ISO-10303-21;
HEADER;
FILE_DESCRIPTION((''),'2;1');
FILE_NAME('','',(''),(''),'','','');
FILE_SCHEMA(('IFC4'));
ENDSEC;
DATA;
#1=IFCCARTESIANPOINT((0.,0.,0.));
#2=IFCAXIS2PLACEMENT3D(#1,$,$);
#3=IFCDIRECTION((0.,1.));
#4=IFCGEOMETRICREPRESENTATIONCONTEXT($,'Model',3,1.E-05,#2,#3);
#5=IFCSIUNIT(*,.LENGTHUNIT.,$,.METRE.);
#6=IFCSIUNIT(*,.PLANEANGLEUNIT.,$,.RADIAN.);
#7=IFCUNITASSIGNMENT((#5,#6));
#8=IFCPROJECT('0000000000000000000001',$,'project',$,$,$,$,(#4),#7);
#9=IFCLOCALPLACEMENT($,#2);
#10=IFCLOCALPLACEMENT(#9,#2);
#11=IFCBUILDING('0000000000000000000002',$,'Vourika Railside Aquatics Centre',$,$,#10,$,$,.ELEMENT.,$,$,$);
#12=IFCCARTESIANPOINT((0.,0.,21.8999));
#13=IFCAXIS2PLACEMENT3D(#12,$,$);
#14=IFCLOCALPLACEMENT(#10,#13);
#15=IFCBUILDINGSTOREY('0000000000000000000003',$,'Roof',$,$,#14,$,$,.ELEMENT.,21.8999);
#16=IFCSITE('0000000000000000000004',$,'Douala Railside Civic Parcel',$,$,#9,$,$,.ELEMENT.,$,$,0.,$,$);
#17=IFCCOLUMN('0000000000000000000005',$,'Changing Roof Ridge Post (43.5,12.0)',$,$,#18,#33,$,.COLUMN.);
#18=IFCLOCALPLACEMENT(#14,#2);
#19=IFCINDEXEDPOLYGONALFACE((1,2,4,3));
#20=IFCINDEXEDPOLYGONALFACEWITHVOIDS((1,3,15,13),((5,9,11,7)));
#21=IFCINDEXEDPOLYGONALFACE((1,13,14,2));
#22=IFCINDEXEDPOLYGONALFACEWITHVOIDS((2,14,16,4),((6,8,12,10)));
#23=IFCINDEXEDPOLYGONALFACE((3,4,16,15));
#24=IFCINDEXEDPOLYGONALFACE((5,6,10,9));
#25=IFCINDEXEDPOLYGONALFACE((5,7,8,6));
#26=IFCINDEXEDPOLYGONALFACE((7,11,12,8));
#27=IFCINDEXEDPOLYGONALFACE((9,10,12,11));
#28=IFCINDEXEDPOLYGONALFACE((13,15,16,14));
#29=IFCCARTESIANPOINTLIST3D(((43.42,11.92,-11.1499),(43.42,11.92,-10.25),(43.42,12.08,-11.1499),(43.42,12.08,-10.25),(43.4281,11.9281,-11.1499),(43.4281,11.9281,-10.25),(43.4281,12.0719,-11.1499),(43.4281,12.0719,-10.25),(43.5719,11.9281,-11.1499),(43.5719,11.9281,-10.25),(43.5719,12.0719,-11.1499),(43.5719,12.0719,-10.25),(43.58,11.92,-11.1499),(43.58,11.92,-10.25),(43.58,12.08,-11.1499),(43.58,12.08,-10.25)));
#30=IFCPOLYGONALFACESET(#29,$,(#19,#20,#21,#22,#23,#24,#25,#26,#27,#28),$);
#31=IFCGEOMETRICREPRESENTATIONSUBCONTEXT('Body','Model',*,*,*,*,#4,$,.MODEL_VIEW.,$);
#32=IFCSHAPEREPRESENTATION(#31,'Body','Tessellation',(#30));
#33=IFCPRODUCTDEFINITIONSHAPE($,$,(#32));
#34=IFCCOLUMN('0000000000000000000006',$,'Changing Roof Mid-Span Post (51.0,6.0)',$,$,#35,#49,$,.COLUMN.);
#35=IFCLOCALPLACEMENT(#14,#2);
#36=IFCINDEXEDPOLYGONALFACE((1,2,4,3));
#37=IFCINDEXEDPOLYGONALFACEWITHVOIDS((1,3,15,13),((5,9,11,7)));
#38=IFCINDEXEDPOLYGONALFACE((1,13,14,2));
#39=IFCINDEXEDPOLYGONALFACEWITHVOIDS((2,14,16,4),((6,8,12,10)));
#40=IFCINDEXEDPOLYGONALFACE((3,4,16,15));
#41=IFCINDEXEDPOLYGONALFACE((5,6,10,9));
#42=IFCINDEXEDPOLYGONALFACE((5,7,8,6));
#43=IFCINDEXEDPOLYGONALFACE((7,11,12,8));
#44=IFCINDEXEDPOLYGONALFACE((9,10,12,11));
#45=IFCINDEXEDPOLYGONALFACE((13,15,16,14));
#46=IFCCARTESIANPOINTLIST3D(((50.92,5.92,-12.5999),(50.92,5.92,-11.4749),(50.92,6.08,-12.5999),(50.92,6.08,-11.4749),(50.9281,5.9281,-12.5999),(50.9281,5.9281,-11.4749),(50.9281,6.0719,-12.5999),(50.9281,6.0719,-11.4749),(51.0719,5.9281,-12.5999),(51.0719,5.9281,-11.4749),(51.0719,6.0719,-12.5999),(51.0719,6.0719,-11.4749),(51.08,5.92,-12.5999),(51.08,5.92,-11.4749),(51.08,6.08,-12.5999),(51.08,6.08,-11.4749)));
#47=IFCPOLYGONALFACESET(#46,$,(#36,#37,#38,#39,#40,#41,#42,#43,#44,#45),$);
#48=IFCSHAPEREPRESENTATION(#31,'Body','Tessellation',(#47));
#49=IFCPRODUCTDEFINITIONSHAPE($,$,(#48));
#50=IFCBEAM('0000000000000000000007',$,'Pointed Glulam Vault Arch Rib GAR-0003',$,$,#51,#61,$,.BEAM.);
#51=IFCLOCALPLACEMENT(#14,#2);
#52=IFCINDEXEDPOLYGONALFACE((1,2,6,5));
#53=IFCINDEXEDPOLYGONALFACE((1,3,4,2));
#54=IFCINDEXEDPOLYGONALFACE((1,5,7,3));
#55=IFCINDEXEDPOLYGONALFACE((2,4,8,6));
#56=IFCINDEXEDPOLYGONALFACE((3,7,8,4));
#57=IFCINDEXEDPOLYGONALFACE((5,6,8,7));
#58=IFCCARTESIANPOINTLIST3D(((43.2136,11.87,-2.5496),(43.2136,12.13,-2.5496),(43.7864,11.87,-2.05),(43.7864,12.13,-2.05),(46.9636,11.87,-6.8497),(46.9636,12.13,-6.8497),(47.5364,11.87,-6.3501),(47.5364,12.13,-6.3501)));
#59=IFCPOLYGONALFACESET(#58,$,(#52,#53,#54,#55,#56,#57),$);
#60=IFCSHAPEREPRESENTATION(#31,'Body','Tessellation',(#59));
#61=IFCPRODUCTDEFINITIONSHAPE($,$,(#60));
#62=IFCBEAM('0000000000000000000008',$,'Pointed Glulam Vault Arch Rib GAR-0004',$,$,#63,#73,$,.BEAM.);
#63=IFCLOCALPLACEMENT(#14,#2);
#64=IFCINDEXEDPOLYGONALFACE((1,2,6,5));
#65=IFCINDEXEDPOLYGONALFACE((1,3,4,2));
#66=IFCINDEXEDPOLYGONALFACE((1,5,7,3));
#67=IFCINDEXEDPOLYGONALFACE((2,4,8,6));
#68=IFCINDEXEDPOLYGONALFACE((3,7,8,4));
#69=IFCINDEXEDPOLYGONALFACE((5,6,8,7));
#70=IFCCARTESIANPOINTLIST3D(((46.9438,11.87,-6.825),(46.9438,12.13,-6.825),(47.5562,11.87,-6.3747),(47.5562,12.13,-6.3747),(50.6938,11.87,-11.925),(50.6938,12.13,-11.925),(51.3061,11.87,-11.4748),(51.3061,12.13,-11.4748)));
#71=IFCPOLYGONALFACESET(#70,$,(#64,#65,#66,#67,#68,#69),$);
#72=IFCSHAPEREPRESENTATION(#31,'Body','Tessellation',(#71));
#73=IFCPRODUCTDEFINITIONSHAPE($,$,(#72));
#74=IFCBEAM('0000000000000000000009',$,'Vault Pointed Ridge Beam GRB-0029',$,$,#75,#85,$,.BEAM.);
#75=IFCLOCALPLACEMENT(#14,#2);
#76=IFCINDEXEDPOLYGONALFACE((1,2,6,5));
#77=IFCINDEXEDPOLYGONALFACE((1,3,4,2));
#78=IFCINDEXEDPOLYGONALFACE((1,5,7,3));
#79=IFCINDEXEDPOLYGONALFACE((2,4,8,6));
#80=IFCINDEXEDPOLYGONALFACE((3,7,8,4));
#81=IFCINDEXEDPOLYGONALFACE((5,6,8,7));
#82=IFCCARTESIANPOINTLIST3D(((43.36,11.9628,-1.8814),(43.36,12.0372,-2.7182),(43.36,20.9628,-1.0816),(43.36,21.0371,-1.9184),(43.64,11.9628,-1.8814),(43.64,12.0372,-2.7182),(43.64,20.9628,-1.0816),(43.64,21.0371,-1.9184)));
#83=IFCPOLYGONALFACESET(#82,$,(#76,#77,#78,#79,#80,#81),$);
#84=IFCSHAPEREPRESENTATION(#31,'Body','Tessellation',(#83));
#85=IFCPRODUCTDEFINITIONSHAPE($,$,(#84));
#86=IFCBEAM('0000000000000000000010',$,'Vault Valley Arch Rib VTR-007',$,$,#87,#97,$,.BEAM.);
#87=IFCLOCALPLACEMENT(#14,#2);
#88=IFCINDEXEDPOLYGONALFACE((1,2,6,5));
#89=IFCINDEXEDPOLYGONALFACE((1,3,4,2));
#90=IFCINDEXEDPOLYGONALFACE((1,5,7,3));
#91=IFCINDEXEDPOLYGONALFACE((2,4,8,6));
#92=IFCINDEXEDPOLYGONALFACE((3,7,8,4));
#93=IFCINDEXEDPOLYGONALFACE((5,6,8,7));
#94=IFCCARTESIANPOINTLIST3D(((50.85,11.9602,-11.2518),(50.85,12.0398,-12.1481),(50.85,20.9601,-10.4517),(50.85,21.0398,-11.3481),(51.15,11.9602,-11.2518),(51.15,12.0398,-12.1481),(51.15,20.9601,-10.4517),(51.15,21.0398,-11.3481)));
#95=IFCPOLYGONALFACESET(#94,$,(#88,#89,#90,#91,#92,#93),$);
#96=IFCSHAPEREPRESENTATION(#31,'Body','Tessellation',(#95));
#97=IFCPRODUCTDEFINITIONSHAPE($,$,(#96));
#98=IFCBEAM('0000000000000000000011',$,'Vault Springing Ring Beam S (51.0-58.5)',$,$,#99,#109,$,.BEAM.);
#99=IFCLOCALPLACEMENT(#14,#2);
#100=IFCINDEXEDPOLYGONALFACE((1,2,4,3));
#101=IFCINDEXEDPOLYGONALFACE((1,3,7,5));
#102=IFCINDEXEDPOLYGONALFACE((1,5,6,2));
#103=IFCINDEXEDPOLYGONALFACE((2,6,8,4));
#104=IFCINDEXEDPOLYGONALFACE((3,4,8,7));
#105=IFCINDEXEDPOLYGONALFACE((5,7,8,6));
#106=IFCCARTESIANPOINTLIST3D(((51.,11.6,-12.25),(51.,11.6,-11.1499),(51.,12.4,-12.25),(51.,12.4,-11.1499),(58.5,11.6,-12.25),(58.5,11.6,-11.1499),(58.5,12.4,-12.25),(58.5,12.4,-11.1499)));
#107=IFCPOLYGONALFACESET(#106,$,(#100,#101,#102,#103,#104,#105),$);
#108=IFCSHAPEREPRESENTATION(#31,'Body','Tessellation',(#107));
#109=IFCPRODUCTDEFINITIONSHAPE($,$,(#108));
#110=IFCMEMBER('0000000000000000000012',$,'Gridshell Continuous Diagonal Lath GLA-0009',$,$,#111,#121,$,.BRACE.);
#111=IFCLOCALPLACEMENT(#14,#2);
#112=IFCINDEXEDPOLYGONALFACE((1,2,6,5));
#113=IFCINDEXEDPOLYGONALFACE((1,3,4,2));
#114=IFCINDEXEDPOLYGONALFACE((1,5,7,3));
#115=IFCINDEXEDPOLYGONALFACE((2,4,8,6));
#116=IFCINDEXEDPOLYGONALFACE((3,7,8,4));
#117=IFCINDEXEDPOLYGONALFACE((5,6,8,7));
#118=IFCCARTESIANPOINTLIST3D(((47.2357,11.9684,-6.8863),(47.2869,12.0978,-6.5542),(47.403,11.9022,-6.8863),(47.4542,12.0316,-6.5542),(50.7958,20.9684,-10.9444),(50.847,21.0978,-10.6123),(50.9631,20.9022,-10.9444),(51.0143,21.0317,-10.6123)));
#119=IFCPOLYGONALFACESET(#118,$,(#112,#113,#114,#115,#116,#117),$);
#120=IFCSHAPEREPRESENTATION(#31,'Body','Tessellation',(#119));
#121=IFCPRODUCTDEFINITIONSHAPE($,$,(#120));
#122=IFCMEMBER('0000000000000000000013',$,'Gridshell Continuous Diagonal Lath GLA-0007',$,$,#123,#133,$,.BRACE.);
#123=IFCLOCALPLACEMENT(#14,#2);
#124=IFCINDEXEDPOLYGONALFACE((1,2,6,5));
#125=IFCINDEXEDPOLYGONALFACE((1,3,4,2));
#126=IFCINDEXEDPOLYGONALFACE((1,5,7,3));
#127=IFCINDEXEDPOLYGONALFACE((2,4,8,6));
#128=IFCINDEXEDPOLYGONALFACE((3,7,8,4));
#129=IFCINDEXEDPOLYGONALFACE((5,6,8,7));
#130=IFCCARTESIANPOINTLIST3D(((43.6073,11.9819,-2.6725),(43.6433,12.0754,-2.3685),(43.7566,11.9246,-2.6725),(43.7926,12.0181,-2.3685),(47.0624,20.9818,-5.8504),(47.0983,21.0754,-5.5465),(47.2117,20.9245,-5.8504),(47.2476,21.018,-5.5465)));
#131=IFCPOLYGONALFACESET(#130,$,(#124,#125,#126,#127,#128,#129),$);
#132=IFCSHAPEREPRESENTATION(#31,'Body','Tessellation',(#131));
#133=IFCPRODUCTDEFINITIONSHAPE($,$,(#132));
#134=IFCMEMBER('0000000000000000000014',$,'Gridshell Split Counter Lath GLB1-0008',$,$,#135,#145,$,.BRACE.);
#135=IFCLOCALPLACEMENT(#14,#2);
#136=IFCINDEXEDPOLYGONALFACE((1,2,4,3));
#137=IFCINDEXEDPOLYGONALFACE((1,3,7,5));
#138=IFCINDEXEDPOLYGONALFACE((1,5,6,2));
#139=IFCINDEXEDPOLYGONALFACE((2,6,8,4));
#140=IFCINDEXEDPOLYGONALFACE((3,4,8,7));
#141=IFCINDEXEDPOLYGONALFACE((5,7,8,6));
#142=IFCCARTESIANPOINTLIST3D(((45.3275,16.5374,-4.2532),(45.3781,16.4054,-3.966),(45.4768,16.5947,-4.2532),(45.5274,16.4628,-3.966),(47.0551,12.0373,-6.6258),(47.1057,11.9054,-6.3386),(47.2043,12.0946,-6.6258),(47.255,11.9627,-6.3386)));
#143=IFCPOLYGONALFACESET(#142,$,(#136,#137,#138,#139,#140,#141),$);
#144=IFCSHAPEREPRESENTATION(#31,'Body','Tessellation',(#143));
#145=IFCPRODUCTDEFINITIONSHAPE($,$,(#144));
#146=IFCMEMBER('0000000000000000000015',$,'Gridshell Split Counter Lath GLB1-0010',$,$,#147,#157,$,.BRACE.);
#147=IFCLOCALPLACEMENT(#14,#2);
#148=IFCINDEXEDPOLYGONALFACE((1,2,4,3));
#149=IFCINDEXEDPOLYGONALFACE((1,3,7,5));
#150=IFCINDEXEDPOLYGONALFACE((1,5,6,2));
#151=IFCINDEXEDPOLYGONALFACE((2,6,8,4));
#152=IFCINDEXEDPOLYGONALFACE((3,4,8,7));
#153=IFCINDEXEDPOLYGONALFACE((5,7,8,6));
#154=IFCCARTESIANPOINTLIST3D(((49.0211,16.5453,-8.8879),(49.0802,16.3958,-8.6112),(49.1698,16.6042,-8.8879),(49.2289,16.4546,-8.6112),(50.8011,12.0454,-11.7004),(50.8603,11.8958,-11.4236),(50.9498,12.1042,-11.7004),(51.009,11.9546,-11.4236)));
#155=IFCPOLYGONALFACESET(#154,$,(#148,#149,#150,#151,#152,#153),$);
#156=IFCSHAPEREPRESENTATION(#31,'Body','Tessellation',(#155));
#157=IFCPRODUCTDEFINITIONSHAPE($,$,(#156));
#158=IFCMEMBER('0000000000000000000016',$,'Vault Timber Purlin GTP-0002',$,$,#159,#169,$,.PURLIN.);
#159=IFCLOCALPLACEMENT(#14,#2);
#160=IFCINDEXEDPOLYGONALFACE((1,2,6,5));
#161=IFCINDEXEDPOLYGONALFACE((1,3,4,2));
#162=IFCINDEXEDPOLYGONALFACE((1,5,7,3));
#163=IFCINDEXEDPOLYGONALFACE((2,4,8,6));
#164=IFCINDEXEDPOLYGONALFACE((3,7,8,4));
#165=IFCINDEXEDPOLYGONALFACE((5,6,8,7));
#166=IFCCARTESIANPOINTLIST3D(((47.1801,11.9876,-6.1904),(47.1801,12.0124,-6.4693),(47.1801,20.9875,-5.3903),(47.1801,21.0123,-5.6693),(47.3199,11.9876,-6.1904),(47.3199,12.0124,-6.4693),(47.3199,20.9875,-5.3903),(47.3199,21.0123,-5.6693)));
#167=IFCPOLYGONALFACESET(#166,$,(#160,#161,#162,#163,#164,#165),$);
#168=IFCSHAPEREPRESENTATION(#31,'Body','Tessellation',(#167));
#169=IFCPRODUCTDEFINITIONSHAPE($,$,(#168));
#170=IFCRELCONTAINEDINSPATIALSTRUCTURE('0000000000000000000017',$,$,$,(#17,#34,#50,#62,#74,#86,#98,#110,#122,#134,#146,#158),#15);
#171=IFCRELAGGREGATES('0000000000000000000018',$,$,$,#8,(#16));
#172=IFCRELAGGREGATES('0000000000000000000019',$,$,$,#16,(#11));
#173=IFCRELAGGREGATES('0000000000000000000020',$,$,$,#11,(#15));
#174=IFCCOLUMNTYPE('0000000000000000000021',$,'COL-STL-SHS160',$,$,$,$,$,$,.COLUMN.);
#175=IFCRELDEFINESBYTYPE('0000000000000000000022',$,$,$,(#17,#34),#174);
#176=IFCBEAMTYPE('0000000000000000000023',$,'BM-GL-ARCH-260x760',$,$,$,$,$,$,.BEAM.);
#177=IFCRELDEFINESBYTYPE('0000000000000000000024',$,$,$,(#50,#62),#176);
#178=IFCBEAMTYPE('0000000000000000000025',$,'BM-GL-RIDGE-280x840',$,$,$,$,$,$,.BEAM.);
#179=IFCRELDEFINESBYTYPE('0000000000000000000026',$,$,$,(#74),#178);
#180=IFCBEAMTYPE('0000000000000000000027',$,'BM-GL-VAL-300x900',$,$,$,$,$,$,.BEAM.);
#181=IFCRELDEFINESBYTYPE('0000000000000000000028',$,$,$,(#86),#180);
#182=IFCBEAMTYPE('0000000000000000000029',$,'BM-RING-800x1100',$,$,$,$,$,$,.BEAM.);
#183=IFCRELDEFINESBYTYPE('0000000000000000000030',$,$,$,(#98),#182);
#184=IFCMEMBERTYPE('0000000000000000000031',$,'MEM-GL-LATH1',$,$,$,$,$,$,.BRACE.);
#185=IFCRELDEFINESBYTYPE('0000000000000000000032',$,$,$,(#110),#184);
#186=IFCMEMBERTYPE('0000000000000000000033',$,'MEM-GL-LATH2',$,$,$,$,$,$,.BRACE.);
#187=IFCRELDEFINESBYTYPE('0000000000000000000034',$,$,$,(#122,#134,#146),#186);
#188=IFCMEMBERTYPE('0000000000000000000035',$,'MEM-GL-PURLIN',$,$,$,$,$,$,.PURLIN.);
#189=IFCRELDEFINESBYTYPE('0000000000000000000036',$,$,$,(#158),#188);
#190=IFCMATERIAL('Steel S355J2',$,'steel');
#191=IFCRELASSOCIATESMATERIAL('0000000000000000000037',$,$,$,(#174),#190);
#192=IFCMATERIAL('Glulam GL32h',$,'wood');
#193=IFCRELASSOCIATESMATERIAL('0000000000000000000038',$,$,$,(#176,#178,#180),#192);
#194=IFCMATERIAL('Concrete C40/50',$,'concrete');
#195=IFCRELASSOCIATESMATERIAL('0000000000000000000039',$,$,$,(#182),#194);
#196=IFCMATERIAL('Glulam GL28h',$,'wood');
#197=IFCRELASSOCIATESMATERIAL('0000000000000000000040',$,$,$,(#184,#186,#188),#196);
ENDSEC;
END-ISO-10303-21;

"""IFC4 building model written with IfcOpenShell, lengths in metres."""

from ifc_helpers import new_model, si_unit, direction, frame, origin, origin_2d, place, context, subcontext, project, spatial, rectangle, hollow_rectangle, extrude, material, material_profile, profile_set, type_object, element, save


model = new_model("IFC4")

# Units and contexts
model_context = context("Model", 3, precision=1e-05, world=origin(), true_north=direction((0.0, 1.0)))
body_context = subcontext(model_context, "Body", "Model", "MODEL_VIEW")
ifc_project = project(units=[si_unit("LENGTHUNIT", "METRE"), si_unit("PLANEANGLEUNIT", "RADIAN")], contexts=[model_context])

# Site, building, storey
site_placement = place(None, origin())
site = spatial("IfcSite", under=ifc_project, at=site_placement, Name="Douala Railside Civic Parcel", CompositionType="ELEMENT", RefElevation=0.0)
building_placement = place(site_placement, origin())
building = spatial("IfcBuilding", under=site, at=building_placement, Name="Vourika Railside Aquatics Centre", CompositionType="ELEMENT")
storey_placement = place(building_placement, frame((0.0, 0.0, 21.8999)))
storey = spatial("IfcBuildingStorey", under=building, at=storey_placement, Name="Roof", CompositionType="ELEMENT", Elevation=21.8999)

# Columns
ifc_material_1 = material(Name="Steel S355J2", Category="steel")
ifc_material_profile_1 = material_profile(ifc_material_1, hollow_rectangle(XDim=0.1599, YDim=0.1599, WallThickness=0.0081, at=origin_2d()), Name="SHS 160x160x8")
ifc_profile_set_1 = profile_set([ifc_material_profile_1], Name="Steel S355J2")
column_type = type_object("IfcColumnType", Name="COL-STL-SHS160", PredefinedType="COLUMN", material=ifc_profile_set_1)
column_1_placement = place(storey_placement, frame((43.5, 12.0, -11.1499), z_axis=(0.0, 0.0, 1.0), x_axis=(1.0, 0.0, 0.0)))
element("IfcColumn", 1, at=column_1_placement, inside=storey, type_object=column_type, Name="Changing Roof Ridge Post (43.5,12.0)", PredefinedType="COLUMN", context=body_context, shape_type="SweptSolid", body=[
    extrude(hollow_rectangle(XDim=0.1599, YDim=0.1599, WallThickness=0.0081, at=origin_2d()), origin(), (0.0, 0.0, 1.0), 0.8999),
])
column_2_placement = place(storey_placement, frame((51.0, 6.0, -12.5999), z_axis=(0.0, 0.0, 1.0), x_axis=(1.0, 0.0, 0.0)))
element("IfcColumn", 2, at=column_2_placement, inside=storey, type_object=column_type, Name="Changing Roof Mid-Span Post (51.0,6.0)", PredefinedType="COLUMN", context=body_context, shape_type="SweptSolid", body=[
    extrude(hollow_rectangle(XDim=0.1599, YDim=0.1599, WallThickness=0.0081, at=origin_2d()), origin(), (0.0, 0.0, 1.0), 1.125),
])

# Beams
ifc_material_2 = material(Name="Glulam GL32h", Category="wood")
ifc_material_profile_2 = material_profile(ifc_material_2, rectangle(XDim=0.26, YDim=0.76, at=origin_2d()), Name="GL32h 260x760")
ifc_profile_set_2 = profile_set([ifc_material_profile_2], Name="Glulam GL32h")
beam_type_1 = type_object("IfcBeamType", Name="BM-GL-ARCH-260x760", PredefinedType="BEAM", material=ifc_profile_set_2)
beam_1_placement = place(storey_placement, frame((43.5, 12.0, -2.2998), z_axis=(0.657259, 0.0, -0.753665), x_axis=(0.0, 1.0, 0.0)))
element("IfcBeam", 3, at=beam_1_placement, inside=storey, type_object=beam_type_1, Name="Pointed Glulam Vault Arch Rib GAR-0003", PredefinedType="BEAM", context=body_context, shape_type="SweptSolid", body=[
    extrude(rectangle(XDim=0.26, YDim=0.76, at=origin_2d()), origin(), (0.0, 0.0, 1.0), 5.7056),
])
beam_2_placement = place(storey_placement, frame((47.25, 12.0, -6.5999), z_axis=(0.592383, 0.0, -0.805656), x_axis=(0.0, 1.0, 0.0)))
element("IfcBeam", 4, at=beam_2_placement, inside=storey, type_object=beam_type_1, Name="Pointed Glulam Vault Arch Rib GAR-0004", PredefinedType="BEAM", context=body_context, shape_type="SweptSolid", body=[
    extrude(rectangle(XDim=0.26, YDim=0.76, at=origin_2d()), origin(), (0.0, 0.0, 1.0), 6.3303),
])
ifc_material_profile_3 = material_profile(ifc_material_2, rectangle(XDim=0.28, YDim=0.8401, at=origin_2d()), Name="GL32h 280x840")
ifc_profile_set_3 = profile_set([ifc_material_profile_3], Name="Glulam GL32h")
beam_type_2 = type_object("IfcBeamType", Name="BM-GL-RIDGE-280x840", PredefinedType="BEAM", material=ifc_profile_set_3)
beam_3_placement = place(storey_placement, frame((43.5, 12.0, -2.2998), z_axis=(0.0, 0.996075, 0.088518), x_axis=(-1.0, 0.0, 0.0)))
element("IfcBeam", 5, at=beam_3_placement, inside=storey, type_object=beam_type_2, Name="Vault Pointed Ridge Beam GRB-0029", PredefinedType="BEAM", context=body_context, shape_type="SweptSolid", body=[
    extrude(rectangle(XDim=0.28, YDim=0.8401, at=origin_2d()), origin(), (0.0, 0.0, 1.0), 9.0354),
])
ifc_material_profile_4 = material_profile(ifc_material_2, rectangle(XDim=0.3, YDim=0.8999, at=origin_2d()), Name="GL32h 300x900")
ifc_profile_set_4 = profile_set([ifc_material_profile_4], Name="Glulam GL32h")
beam_type_3 = type_object("IfcBeamType", Name="BM-GL-VAL-300x900", PredefinedType="BEAM", material=ifc_profile_set_4)
beam_4_placement = place(storey_placement, frame((51.0, 12.0, -11.7), z_axis=(0.0, 0.996072, 0.088545), x_axis=(-1.0, 0.0, 0.0)))
element("IfcBeam", 6, at=beam_4_placement, inside=storey, type_object=beam_type_3, Name="Vault Valley Arch Rib VTR-007", PredefinedType="BEAM", context=body_context, shape_type="SweptSolid", body=[
    extrude(rectangle(XDim=0.3, YDim=0.8999, at=origin_2d()), origin(), (0.0, 0.0, 1.0), 9.0354),
])
ifc_material_3 = material(Name="Concrete C40/50", Category="concrete")
ifc_material_profile_5 = material_profile(ifc_material_3, rectangle(XDim=0.8, YDim=1.1001, at=origin_2d()), Name="RC 800x1100")
ifc_profile_set_5 = profile_set([ifc_material_profile_5], Name="Concrete C40/50")
beam_type_4 = type_object("IfcBeamType", Name="BM-RING-800x1100", PredefinedType="BEAM", material=ifc_profile_set_5)
beam_5_placement = place(storey_placement, frame((51.0, 12.0, -11.7), z_axis=(1.0, 0.0, 0.0), x_axis=(0.0, 1.0, 0.0)))
element("IfcBeam", 7, at=beam_5_placement, inside=storey, type_object=beam_type_4, Name="Vault Springing Ring Beam S (51.0-58.5)", PredefinedType="BEAM", context=body_context, shape_type="SweptSolid", body=[
    extrude(rectangle(XDim=0.8, YDim=1.1001, at=origin_2d()), origin(), (0.0, 0.0, 1.0), 7.5),
])

# Members
ifc_material_4 = material(Name="Glulam GL28h", Category="wood")
ifc_material_profile_6 = material_profile(ifc_material_4, rectangle(XDim=0.1799, YDim=0.3601, at=origin_2d()), Name="GL28h 180x360")
ifc_profile_set_6 = profile_set([ifc_material_profile_6], Name="Glulam GL28h")
member_type_1 = type_object("IfcMemberType", Name="MEM-GL-LATH1", PredefinedType="BRACE", material=ifc_profile_set_6)
member_1_placement = place(storey_placement, frame((47.345, 12.0, -6.7202), z_axis=(0.339219, 0.857562, -0.386675), x_axis=(-0.929893, 0.36783, 0.0)))
element("IfcMember", 8, at=member_1_placement, inside=storey, type_object=member_type_1, Name="Gridshell Continuous Diagonal Lath GLA-0009", PredefinedType="BRACE", context=body_context, shape_type="SweptSolid", body=[
    extrude(rectangle(XDim=0.1799, YDim=0.3601, at=origin_2d()), origin(), (0.0, 0.0, 1.0), 10.4949),
])
ifc_material_profile_7 = material_profile(ifc_material_4, rectangle(XDim=0.1599, YDim=0.3201, at=origin_2d()), Name="GL28h 160x320")
ifc_profile_set_7 = profile_set([ifc_material_profile_7], Name="Glulam GL28h")
member_type_2 = type_object("IfcMemberType", Name="MEM-GL-LATH2", PredefinedType="BRACE", material=ifc_profile_set_7)
member_2_placement = place(storey_placement, frame((43.7, 12.0, -2.5205), z_axis=(0.340378, 0.886637, -0.313079), x_axis=(-0.93357, 0.358395, 0.0)))
element("IfcMember", 9, at=member_2_placement, inside=storey, type_object=member_type_2, Name="Gridshell Continuous Diagonal Lath GLA-0007", PredefinedType="BRACE", context=body_context, shape_type="SweptSolid", body=[
    extrude(rectangle(XDim=0.1599, YDim=0.3201, at=origin_2d()), origin(), (0.0, 0.0, 1.0), 10.1506),
])
member_3_placement = place(storey_placement, frame((47.155, 12.0, -6.4822), z_axis=(-0.321554, 0.837604, 0.441614), x_axis=(-0.93357, -0.358395, 0.0)))
element("IfcMember", 10, at=member_3_placement, inside=storey, type_object=member_type_2, Name="Gridshell Split Counter Lath GLB1-0008", PredefinedType="BRACE", context=body_context, shape_type="SweptSolid", body=[
    extrude(rectangle(XDim=0.1599, YDim=0.3201, at=origin_2d()), origin(), (0.0, 0.0, 1.0), 5.3726),
])
member_4_placement = place(storey_placement, frame((50.905, 12.0, -11.562), z_axis=(-0.318021, 0.803973, 0.502483), x_axis=(-0.929893, -0.36783, 0.0)))
element("IfcMember", 11, at=member_4_placement, inside=storey, type_object=member_type_2, Name="Gridshell Split Counter Lath GLB1-0010", PredefinedType="BRACE", context=body_context, shape_type="SweptSolid", body=[
    extrude(rectangle(XDim=0.1599, YDim=0.3201, at=origin_2d()), origin(), (0.0, 0.0, 1.0), 5.5972),
])
ifc_material_profile_8 = material_profile(ifc_material_4, rectangle(XDim=0.1399, YDim=0.28, at=origin_2d()), Name="GL28h 140x280")
ifc_profile_set_8 = profile_set([ifc_material_profile_8], Name="Glulam GL28h")
member_type_3 = type_object("IfcMemberType", Name="MEM-GL-PURLIN", PredefinedType="PURLIN", material=ifc_profile_set_8)
member_5_placement = place(storey_placement, frame((47.25, 12.0, -6.3298), z_axis=(0.0, 0.996072, 0.088545), x_axis=(-1.0, 0.0, 0.0)))
element("IfcMember", 12, at=member_5_placement, inside=storey, type_object=member_type_3, Name="Vault Timber Purlin GTP-0002", PredefinedType="PURLIN", context=body_context, shape_type="SweptSolid", body=[
    extrude(rectangle(XDim=0.1399, YDim=0.28, at=origin_2d()), origin(), (0.0, 0.0, 1.0), 9.0354),
])

save(model, "model.ifc")
